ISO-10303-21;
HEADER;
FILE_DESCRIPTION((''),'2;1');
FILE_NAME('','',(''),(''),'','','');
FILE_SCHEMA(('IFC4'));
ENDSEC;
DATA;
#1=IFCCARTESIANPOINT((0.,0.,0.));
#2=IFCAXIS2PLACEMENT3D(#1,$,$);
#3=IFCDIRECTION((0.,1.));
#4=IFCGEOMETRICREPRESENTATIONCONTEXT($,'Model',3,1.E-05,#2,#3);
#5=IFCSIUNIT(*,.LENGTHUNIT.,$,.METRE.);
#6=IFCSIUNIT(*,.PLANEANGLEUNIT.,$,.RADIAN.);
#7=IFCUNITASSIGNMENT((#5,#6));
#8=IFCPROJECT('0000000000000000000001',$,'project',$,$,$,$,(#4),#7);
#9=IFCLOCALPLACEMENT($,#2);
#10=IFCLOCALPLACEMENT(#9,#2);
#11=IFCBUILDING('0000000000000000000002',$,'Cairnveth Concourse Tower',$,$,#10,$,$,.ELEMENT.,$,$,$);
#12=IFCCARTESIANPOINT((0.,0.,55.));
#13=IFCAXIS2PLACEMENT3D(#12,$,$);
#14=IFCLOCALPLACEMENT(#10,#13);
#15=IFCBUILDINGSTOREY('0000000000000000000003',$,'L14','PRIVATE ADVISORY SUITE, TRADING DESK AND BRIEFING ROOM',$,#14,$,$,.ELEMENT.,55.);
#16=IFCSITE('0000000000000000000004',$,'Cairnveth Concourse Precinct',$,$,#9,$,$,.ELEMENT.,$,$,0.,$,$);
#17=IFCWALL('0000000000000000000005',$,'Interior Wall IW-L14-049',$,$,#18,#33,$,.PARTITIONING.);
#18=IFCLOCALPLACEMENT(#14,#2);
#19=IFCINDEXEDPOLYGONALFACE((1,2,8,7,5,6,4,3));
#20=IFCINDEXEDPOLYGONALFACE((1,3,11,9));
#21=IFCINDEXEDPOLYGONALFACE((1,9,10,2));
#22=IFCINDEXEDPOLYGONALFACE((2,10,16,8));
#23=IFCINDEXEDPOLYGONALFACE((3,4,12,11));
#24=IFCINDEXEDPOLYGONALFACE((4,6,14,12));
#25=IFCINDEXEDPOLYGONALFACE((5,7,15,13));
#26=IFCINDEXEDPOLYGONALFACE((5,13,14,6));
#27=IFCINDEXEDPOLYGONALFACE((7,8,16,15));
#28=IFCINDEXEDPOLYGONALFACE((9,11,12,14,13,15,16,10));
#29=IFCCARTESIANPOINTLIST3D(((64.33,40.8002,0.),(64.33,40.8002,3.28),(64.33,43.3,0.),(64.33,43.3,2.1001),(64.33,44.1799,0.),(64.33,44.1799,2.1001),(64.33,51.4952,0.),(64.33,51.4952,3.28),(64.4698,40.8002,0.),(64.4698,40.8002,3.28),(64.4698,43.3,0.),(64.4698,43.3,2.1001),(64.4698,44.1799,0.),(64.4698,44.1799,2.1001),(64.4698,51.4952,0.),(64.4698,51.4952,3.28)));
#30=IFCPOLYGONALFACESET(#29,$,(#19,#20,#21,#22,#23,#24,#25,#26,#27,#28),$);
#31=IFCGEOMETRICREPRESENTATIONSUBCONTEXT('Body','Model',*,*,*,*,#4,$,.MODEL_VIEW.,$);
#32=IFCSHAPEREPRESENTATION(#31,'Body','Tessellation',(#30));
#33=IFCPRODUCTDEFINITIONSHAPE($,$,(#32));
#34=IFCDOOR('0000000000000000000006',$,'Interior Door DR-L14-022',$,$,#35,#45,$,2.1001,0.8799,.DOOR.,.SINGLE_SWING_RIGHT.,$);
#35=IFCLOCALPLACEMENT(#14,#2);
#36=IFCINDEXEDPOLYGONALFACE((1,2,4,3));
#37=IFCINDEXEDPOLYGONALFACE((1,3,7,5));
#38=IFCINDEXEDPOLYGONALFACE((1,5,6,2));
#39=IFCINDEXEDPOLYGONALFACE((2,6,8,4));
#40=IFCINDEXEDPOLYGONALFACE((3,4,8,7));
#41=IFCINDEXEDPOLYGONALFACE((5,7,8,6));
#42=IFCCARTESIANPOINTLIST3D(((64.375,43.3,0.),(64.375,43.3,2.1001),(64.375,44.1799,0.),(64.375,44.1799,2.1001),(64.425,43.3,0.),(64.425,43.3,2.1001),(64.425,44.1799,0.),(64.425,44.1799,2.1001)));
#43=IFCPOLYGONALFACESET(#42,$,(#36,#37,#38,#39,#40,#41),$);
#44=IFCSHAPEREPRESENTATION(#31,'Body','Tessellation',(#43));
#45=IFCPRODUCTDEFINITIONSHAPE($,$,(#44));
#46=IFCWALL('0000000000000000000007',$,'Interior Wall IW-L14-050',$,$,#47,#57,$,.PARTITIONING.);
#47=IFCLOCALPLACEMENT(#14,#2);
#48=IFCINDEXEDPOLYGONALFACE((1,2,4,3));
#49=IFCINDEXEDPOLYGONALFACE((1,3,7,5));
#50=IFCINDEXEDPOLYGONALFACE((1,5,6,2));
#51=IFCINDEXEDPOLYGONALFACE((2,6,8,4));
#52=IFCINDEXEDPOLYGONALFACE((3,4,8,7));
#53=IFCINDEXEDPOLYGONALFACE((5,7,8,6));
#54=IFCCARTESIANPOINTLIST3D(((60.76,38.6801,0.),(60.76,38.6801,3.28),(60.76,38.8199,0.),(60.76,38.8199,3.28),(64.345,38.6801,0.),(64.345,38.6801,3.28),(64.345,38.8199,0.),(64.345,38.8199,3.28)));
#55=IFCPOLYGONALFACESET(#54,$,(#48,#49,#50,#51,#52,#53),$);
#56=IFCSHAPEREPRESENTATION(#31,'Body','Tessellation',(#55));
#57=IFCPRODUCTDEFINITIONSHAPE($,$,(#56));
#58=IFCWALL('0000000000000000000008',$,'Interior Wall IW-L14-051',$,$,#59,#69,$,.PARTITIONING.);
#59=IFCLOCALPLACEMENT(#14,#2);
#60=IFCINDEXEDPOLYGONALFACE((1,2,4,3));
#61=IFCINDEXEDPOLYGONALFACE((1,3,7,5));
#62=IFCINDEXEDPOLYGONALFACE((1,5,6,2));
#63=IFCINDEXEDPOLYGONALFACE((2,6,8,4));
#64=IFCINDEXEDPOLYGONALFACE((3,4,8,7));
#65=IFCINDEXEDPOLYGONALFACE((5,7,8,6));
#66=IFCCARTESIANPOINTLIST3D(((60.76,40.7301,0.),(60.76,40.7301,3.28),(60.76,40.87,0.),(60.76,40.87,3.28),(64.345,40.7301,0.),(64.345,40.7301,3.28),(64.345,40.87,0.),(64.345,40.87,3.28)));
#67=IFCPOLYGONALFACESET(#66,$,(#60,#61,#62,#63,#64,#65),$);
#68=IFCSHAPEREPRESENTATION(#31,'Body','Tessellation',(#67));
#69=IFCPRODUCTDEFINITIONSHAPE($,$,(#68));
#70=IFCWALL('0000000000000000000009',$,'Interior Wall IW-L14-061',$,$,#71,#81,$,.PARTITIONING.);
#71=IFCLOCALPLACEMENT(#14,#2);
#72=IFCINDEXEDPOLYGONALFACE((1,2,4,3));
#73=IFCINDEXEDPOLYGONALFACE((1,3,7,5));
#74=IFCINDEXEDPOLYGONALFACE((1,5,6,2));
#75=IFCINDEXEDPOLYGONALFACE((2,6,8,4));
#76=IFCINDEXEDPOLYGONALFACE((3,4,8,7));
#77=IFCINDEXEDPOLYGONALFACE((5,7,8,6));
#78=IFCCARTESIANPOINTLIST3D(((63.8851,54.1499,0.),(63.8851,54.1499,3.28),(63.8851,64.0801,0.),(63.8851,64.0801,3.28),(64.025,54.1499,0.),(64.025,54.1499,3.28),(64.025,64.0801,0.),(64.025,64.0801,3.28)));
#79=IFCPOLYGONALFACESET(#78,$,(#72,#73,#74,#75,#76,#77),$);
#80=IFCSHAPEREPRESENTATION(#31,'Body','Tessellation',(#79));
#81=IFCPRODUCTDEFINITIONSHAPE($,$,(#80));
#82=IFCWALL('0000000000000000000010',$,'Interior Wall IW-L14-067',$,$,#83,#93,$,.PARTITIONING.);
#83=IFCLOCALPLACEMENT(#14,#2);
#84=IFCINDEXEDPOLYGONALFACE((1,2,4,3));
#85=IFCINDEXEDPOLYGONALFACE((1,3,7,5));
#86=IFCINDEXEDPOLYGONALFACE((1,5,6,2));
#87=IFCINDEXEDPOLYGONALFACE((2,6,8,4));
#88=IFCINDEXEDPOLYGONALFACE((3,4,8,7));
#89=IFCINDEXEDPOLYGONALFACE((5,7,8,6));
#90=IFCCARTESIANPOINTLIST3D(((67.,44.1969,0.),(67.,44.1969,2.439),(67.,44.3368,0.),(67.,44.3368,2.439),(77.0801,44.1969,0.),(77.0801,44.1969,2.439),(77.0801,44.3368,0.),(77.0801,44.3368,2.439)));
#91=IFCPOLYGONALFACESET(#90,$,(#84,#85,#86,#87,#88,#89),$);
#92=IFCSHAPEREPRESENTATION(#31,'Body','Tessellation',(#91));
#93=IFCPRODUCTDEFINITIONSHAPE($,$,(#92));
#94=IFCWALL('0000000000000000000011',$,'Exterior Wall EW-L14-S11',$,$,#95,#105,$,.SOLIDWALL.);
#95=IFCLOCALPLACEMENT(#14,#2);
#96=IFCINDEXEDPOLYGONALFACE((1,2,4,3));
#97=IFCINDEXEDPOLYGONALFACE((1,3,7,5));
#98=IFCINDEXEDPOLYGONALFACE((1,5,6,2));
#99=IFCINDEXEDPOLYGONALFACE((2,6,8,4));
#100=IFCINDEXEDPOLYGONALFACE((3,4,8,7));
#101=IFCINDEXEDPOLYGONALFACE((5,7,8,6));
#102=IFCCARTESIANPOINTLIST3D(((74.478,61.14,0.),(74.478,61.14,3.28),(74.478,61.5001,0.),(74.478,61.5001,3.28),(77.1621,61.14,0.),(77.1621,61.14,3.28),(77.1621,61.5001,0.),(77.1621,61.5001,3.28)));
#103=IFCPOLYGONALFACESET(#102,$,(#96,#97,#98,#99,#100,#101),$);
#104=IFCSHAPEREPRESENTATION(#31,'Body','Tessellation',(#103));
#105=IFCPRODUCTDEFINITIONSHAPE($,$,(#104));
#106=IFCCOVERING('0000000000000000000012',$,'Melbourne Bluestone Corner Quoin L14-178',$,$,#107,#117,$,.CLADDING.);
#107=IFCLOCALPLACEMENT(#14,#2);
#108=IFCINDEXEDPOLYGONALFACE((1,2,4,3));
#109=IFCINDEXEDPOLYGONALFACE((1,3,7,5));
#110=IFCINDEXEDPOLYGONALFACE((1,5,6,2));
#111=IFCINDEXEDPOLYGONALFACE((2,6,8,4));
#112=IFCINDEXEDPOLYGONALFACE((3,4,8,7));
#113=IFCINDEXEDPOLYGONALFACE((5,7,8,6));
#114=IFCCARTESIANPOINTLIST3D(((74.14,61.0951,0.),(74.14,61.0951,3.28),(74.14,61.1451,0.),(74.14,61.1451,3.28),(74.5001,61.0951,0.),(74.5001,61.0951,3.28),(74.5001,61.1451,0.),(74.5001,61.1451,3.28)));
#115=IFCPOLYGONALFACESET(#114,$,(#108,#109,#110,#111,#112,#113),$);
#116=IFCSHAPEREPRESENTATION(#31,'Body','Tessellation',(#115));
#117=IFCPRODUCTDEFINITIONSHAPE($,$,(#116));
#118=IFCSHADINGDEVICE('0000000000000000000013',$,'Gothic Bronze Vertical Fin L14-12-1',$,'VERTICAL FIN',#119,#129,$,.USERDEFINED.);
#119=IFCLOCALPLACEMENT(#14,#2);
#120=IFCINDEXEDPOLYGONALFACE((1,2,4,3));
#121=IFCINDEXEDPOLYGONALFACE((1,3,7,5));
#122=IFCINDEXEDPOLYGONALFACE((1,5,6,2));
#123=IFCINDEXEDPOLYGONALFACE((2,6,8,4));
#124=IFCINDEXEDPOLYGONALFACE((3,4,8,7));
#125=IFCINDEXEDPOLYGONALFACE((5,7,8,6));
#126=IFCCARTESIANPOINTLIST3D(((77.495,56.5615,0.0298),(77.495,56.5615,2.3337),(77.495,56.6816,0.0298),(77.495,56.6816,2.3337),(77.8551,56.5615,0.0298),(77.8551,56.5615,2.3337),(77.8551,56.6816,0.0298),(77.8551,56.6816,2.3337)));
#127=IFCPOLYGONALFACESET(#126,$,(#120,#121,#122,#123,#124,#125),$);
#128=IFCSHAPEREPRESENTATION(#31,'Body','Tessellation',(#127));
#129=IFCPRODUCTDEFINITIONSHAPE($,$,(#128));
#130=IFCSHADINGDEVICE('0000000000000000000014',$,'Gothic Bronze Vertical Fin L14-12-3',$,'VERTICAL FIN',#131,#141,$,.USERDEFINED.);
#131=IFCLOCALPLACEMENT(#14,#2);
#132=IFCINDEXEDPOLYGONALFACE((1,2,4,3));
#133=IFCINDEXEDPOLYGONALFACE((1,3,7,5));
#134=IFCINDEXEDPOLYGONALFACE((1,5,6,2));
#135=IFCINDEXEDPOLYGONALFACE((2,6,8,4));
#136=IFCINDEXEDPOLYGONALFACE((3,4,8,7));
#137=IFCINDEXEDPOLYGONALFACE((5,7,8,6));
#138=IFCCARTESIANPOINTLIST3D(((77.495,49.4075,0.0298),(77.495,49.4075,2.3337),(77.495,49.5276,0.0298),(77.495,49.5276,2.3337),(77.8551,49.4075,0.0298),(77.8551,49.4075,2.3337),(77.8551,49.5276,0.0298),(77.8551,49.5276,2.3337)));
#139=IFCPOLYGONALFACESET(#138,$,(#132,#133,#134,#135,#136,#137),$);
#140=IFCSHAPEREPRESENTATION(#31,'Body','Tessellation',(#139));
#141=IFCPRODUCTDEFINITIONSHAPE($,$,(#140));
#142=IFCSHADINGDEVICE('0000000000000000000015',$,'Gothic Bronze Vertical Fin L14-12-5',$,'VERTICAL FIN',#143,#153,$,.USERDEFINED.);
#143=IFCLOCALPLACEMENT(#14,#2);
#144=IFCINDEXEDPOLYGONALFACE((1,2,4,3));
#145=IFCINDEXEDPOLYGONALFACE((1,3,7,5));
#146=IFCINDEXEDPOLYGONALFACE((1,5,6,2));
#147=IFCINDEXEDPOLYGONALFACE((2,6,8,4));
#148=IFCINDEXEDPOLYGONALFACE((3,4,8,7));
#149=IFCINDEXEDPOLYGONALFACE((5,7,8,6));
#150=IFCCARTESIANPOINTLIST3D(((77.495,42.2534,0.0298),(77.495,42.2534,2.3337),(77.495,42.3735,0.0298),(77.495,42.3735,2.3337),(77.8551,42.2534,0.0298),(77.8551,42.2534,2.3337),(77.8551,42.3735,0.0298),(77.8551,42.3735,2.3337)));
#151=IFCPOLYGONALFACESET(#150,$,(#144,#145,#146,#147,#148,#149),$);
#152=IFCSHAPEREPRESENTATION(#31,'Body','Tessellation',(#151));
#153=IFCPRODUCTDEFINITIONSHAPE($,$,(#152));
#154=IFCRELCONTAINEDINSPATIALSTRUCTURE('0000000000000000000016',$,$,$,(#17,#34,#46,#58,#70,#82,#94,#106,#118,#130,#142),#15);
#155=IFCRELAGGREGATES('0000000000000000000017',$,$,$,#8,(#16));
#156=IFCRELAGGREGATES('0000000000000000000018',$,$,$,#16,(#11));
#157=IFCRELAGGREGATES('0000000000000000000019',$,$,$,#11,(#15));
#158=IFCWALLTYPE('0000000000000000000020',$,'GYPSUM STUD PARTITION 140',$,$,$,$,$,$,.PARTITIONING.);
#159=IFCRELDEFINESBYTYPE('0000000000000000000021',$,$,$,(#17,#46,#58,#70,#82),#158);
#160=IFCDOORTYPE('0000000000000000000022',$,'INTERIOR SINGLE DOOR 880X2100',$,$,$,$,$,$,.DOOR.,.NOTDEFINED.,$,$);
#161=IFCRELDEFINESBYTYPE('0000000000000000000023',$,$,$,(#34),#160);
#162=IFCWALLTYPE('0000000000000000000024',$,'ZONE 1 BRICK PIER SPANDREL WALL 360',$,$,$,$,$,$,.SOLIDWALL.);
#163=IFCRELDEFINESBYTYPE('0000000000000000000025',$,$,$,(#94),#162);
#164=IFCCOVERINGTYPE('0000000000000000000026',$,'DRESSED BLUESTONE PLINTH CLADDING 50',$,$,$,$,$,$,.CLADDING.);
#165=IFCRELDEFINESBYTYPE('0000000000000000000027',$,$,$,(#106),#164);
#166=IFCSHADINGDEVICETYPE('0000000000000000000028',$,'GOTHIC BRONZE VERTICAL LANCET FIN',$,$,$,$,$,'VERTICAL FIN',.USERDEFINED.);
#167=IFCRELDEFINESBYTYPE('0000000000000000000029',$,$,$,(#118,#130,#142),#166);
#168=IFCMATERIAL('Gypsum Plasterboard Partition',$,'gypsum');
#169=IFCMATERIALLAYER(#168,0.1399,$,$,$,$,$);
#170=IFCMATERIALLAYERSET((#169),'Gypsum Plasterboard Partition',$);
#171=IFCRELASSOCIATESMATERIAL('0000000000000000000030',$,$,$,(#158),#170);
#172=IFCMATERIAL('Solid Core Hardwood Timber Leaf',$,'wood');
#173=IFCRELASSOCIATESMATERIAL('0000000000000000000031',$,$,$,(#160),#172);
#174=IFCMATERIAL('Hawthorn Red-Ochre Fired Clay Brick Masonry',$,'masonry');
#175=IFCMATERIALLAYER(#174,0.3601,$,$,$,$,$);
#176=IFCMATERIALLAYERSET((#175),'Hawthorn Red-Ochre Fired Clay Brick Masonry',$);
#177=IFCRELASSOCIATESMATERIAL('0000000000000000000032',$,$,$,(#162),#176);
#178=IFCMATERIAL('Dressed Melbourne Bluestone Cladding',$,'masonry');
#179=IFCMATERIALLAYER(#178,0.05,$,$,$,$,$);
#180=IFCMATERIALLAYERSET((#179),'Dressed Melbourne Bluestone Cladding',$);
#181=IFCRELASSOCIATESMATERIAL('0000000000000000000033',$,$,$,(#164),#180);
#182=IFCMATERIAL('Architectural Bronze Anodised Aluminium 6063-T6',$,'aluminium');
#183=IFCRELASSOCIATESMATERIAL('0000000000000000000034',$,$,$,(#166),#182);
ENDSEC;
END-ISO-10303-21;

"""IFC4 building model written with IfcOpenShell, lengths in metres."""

from ifc_helpers import new_model, si_unit, direction, frame, frame_2d, origin, origin_2d, place, context, subcontext, project, spatial, rectangle, extrude, material, layer, layer_set, type_object, element, fill, save


model = new_model("IFC4")

# Units and contexts
model_context = context("Model", 3, precision=1e-05, world=origin(), true_north=direction((0.0, 1.0)))
body_context = subcontext(model_context, "Body", "Model", "MODEL_VIEW")
ifc_project = project(units=[si_unit("LENGTHUNIT", "METRE"), si_unit("PLANEANGLEUNIT", "RADIAN")], contexts=[model_context])

# Site, building, storey
site_placement = place(None, origin())
site = spatial("IfcSite", under=ifc_project, at=site_placement, Name="Cairnveth Concourse Precinct", CompositionType="ELEMENT", RefElevation=0.0)
building_placement = place(site_placement, origin())
building = spatial("IfcBuilding", under=site, at=building_placement, Name="Cairnveth Concourse Tower", CompositionType="ELEMENT")
storey_placement = place(building_placement, frame((0.0, 0.0, 55.0)))
storey = spatial("IfcBuildingStorey", under=building, at=storey_placement, Name="L14", Description="PRIVATE ADVISORY SUITE, TRADING DESK AND BRIEFING ROOM", CompositionType="ELEMENT", Elevation=55.0)

# Wall, opening, door
ifc_material_1 = material(Name="Gypsum Plasterboard Partition", Category="gypsum")
ifc_layer_1 = layer(ifc_material_1, 0.1399)
ifc_layer_set_1 = layer_set([ifc_layer_1], Name="Gypsum Plasterboard Partition")
wall_type_1 = type_object("IfcWallType", Name="GYPSUM STUD PARTITION 140", PredefinedType="PARTITIONING", material=ifc_layer_set_1)
wall_1_placement = place(storey_placement, frame((64.3999, 40.8, 0.0), z_axis=(0.0, 0.0, 1.0), x_axis=(0.0, 1.0, 0.0)))
wall_1 = element("IfcWall", 1, at=wall_1_placement, inside=storey, type_object=wall_type_1, Name="Interior Wall IW-L14-049", PredefinedType="PARTITIONING", context=body_context, shape_type="SweptSolid", body=[
    extrude(rectangle(XDim=10.6951, YDim=0.1399, at=frame_2d((5.3477, 0.0))), origin(), (0.0, 0.0, 1.0), 3.28),
])
opening_placement = place(wall_1_placement, frame((2.5, 0.0, 0.0)))
opening = element("IfcOpeningElement", 2, at=opening_placement, cuts=wall_1, PredefinedType="OPENING", context=body_context, shape_type="SweptSolid", body=[
    extrude(rectangle(XDim=0.8799, YDim=2.1001, at=frame_2d((0.4399, 1.05))), frame((0.0, 0.0798, 0.0), z_axis=(0.0, -1.0, 0.0), x_axis=(1.0, 0.0, 0.0)), (0.0, 0.0, 1.0), 0.1599),
])
ifc_material_2 = material(Name="Solid Core Hardwood Timber Leaf", Category="wood")
door_type = type_object("IfcDoorType", Name="INTERIOR SINGLE DOOR 880X2100", OperationType="NOTDEFINED", PredefinedType="DOOR", material=ifc_material_2)
door_placement = place(opening_placement, origin())
door = element("IfcDoor", 3, at=door_placement, inside=storey, type_object=door_type, Name="Interior Door DR-L14-022", OperationType="SINGLE_SWING_RIGHT", OverallHeight=2.1001, OverallWidth=0.8799, PredefinedType="DOOR", context=body_context, shape_type="SweptSolid", body=[
    extrude(rectangle(XDim=0.8799, YDim=2.1001, at=frame_2d((0.4399, 1.05))), frame((0.0, 0.0249, 0.0), z_axis=(0.0, -1.0, 0.0), x_axis=(1.0, 0.0, 0.0)), (0.0, 0.0, 1.0), 0.05),
])
fill(opening, door)

# Walls
for number, where, z_axis, x_axis, name in (
    (4, (60.76, 38.75, 0.0), (0.0, 0.0, 1.0), (1.0, 0.0, 0.0), "Interior Wall IW-L14-050"),
    (5, (60.76, 40.8, 0.0), (0.0, 0.0, 1.0), (1.0, 0.0, 0.0), "Interior Wall IW-L14-051"),
):
    element("IfcWall", number, at=place(storey_placement, frame(where, z_axis=z_axis, x_axis=x_axis)), inside=storey, type_object=wall_type_1, Name=name, PredefinedType="PARTITIONING", context=body_context, shape_type="SweptSolid", body=[
        extrude(rectangle(XDim=3.585, YDim=0.1399, at=frame_2d((1.7925, 0.0))), origin(), (0.0, 0.0, 1.0), 3.28),
    ])
wall_2_placement = place(storey_placement, frame((63.9551, 54.1499, 0.0), z_axis=(0.0, 0.0, 1.0), x_axis=(0.0, 1.0, 0.0)))
element("IfcWall", 6, at=wall_2_placement, inside=storey, type_object=wall_type_1, Name="Interior Wall IW-L14-061", PredefinedType="PARTITIONING", context=body_context, shape_type="SweptSolid", body=[
    extrude(rectangle(XDim=9.9302, YDim=0.1399, at=frame_2d((4.9651, 0.0))), origin(), (0.0, 0.0, 1.0), 3.28),
])
wall_3_placement = place(storey_placement, frame((67.0, 44.2668, 0.0), z_axis=(0.0, 0.0, 1.0), x_axis=(1.0, 0.0, 0.0)))
element("IfcWall", 7, at=wall_3_placement, inside=storey, type_object=wall_type_1, Name="Interior Wall IW-L14-067", PredefinedType="PARTITIONING", context=body_context, shape_type="SweptSolid", body=[
    extrude(rectangle(XDim=10.0801, YDim=0.1399, at=frame_2d((5.04, 0.0))), origin(), (0.0, 0.0, 1.0), 2.439),
])
ifc_material_3 = material(Name="Hawthorn Red-Ochre Fired Clay Brick Masonry", Category="masonry")
ifc_layer_2 = layer(ifc_material_3, 0.3601)
ifc_layer_set_2 = layer_set([ifc_layer_2], Name="Hawthorn Red-Ochre Fired Clay Brick Masonry")
wall_type_2 = type_object("IfcWallType", Name="ZONE 1 BRICK PIER SPANDREL WALL 360", PredefinedType="SOLIDWALL", material=ifc_layer_set_2)
wall_4_placement = place(storey_placement, frame((74.478, 61.3201, 0.0), z_axis=(0.0, 0.0, 1.0), x_axis=(1.0, 0.0, 0.0)))
element("IfcWall", 8, at=wall_4_placement, inside=storey, type_object=wall_type_2, Name="Exterior Wall EW-L14-S11", PredefinedType="SOLIDWALL", context=body_context, shape_type="SweptSolid", body=[
    extrude(rectangle(XDim=2.6841, YDim=0.3601, at=frame_2d((1.342, 0.0))), origin(), (0.0, 0.0, 1.0), 3.28),
])

# Covering
ifc_material_4 = material(Name="Dressed Melbourne Bluestone Cladding", Category="masonry")
ifc_layer_3 = layer(ifc_material_4, 0.05)
ifc_layer_set_3 = layer_set([ifc_layer_3], Name="Dressed Melbourne Bluestone Cladding")
covering_type = type_object("IfcCoveringType", Name="DRESSED BLUESTONE PLINTH CLADDING 50", PredefinedType="CLADDING", material=ifc_layer_set_3)
covering_placement = place(storey_placement, frame((74.1399, 61.1201, 0.0), z_axis=(0.0, 0.0, 1.0), x_axis=(1.0, 0.0, 0.0)))
element("IfcCovering", 9, at=covering_placement, inside=storey, type_object=covering_type, Name="Melbourne Bluestone Corner Quoin L14-178", PredefinedType="CLADDING", context=body_context, shape_type="SweptSolid", body=[
    extrude(rectangle(XDim=0.3601, YDim=0.05, at=frame_2d((0.1802, 0.0))), origin(), (0.0, 0.0, 1.0), 3.28),
])

# Shading devices
ifc_material_5 = material(Name="Architectural Bronze Anodised Aluminium 6063-T6", Category="aluminium")
shading_device_type = type_object("IfcShadingDeviceType", Name="GOTHIC BRONZE VERTICAL LANCET FIN", ElementType="VERTICAL FIN", PredefinedType="USERDEFINED", material=ifc_material_5)
for number, where, z_axis, x_axis, name in (
    (10, (77.675, 56.6216, 0.0298), (0.0, 0.0, 1.0), (0.0, 1.0, 0.0), "Gothic Bronze Vertical Fin L14-12-1"),
    (11, (77.675, 49.4675, 0.0298), (0.0, 0.0, 1.0), (0.0, 1.0, 0.0), "Gothic Bronze Vertical Fin L14-12-3"),
    (12, (77.675, 42.3135, 0.0298), (0.0, 0.0, 1.0), (0.0, 1.0, 0.0), "Gothic Bronze Vertical Fin L14-12-5"),
):
    element("IfcShadingDevice", number, at=place(storey_placement, frame(where, z_axis=z_axis, x_axis=x_axis)), inside=storey, type_object=shading_device_type, Name=name, ObjectType="VERTICAL FIN", PredefinedType="USERDEFINED", context=body_context, shape_type="SweptSolid", body=[
        extrude(rectangle(XDim=0.1201, YDim=0.3601, at=origin_2d()), origin(), (0.0, 0.0, 1.0), 2.304),
    ])

save(model, "model.ifc")
